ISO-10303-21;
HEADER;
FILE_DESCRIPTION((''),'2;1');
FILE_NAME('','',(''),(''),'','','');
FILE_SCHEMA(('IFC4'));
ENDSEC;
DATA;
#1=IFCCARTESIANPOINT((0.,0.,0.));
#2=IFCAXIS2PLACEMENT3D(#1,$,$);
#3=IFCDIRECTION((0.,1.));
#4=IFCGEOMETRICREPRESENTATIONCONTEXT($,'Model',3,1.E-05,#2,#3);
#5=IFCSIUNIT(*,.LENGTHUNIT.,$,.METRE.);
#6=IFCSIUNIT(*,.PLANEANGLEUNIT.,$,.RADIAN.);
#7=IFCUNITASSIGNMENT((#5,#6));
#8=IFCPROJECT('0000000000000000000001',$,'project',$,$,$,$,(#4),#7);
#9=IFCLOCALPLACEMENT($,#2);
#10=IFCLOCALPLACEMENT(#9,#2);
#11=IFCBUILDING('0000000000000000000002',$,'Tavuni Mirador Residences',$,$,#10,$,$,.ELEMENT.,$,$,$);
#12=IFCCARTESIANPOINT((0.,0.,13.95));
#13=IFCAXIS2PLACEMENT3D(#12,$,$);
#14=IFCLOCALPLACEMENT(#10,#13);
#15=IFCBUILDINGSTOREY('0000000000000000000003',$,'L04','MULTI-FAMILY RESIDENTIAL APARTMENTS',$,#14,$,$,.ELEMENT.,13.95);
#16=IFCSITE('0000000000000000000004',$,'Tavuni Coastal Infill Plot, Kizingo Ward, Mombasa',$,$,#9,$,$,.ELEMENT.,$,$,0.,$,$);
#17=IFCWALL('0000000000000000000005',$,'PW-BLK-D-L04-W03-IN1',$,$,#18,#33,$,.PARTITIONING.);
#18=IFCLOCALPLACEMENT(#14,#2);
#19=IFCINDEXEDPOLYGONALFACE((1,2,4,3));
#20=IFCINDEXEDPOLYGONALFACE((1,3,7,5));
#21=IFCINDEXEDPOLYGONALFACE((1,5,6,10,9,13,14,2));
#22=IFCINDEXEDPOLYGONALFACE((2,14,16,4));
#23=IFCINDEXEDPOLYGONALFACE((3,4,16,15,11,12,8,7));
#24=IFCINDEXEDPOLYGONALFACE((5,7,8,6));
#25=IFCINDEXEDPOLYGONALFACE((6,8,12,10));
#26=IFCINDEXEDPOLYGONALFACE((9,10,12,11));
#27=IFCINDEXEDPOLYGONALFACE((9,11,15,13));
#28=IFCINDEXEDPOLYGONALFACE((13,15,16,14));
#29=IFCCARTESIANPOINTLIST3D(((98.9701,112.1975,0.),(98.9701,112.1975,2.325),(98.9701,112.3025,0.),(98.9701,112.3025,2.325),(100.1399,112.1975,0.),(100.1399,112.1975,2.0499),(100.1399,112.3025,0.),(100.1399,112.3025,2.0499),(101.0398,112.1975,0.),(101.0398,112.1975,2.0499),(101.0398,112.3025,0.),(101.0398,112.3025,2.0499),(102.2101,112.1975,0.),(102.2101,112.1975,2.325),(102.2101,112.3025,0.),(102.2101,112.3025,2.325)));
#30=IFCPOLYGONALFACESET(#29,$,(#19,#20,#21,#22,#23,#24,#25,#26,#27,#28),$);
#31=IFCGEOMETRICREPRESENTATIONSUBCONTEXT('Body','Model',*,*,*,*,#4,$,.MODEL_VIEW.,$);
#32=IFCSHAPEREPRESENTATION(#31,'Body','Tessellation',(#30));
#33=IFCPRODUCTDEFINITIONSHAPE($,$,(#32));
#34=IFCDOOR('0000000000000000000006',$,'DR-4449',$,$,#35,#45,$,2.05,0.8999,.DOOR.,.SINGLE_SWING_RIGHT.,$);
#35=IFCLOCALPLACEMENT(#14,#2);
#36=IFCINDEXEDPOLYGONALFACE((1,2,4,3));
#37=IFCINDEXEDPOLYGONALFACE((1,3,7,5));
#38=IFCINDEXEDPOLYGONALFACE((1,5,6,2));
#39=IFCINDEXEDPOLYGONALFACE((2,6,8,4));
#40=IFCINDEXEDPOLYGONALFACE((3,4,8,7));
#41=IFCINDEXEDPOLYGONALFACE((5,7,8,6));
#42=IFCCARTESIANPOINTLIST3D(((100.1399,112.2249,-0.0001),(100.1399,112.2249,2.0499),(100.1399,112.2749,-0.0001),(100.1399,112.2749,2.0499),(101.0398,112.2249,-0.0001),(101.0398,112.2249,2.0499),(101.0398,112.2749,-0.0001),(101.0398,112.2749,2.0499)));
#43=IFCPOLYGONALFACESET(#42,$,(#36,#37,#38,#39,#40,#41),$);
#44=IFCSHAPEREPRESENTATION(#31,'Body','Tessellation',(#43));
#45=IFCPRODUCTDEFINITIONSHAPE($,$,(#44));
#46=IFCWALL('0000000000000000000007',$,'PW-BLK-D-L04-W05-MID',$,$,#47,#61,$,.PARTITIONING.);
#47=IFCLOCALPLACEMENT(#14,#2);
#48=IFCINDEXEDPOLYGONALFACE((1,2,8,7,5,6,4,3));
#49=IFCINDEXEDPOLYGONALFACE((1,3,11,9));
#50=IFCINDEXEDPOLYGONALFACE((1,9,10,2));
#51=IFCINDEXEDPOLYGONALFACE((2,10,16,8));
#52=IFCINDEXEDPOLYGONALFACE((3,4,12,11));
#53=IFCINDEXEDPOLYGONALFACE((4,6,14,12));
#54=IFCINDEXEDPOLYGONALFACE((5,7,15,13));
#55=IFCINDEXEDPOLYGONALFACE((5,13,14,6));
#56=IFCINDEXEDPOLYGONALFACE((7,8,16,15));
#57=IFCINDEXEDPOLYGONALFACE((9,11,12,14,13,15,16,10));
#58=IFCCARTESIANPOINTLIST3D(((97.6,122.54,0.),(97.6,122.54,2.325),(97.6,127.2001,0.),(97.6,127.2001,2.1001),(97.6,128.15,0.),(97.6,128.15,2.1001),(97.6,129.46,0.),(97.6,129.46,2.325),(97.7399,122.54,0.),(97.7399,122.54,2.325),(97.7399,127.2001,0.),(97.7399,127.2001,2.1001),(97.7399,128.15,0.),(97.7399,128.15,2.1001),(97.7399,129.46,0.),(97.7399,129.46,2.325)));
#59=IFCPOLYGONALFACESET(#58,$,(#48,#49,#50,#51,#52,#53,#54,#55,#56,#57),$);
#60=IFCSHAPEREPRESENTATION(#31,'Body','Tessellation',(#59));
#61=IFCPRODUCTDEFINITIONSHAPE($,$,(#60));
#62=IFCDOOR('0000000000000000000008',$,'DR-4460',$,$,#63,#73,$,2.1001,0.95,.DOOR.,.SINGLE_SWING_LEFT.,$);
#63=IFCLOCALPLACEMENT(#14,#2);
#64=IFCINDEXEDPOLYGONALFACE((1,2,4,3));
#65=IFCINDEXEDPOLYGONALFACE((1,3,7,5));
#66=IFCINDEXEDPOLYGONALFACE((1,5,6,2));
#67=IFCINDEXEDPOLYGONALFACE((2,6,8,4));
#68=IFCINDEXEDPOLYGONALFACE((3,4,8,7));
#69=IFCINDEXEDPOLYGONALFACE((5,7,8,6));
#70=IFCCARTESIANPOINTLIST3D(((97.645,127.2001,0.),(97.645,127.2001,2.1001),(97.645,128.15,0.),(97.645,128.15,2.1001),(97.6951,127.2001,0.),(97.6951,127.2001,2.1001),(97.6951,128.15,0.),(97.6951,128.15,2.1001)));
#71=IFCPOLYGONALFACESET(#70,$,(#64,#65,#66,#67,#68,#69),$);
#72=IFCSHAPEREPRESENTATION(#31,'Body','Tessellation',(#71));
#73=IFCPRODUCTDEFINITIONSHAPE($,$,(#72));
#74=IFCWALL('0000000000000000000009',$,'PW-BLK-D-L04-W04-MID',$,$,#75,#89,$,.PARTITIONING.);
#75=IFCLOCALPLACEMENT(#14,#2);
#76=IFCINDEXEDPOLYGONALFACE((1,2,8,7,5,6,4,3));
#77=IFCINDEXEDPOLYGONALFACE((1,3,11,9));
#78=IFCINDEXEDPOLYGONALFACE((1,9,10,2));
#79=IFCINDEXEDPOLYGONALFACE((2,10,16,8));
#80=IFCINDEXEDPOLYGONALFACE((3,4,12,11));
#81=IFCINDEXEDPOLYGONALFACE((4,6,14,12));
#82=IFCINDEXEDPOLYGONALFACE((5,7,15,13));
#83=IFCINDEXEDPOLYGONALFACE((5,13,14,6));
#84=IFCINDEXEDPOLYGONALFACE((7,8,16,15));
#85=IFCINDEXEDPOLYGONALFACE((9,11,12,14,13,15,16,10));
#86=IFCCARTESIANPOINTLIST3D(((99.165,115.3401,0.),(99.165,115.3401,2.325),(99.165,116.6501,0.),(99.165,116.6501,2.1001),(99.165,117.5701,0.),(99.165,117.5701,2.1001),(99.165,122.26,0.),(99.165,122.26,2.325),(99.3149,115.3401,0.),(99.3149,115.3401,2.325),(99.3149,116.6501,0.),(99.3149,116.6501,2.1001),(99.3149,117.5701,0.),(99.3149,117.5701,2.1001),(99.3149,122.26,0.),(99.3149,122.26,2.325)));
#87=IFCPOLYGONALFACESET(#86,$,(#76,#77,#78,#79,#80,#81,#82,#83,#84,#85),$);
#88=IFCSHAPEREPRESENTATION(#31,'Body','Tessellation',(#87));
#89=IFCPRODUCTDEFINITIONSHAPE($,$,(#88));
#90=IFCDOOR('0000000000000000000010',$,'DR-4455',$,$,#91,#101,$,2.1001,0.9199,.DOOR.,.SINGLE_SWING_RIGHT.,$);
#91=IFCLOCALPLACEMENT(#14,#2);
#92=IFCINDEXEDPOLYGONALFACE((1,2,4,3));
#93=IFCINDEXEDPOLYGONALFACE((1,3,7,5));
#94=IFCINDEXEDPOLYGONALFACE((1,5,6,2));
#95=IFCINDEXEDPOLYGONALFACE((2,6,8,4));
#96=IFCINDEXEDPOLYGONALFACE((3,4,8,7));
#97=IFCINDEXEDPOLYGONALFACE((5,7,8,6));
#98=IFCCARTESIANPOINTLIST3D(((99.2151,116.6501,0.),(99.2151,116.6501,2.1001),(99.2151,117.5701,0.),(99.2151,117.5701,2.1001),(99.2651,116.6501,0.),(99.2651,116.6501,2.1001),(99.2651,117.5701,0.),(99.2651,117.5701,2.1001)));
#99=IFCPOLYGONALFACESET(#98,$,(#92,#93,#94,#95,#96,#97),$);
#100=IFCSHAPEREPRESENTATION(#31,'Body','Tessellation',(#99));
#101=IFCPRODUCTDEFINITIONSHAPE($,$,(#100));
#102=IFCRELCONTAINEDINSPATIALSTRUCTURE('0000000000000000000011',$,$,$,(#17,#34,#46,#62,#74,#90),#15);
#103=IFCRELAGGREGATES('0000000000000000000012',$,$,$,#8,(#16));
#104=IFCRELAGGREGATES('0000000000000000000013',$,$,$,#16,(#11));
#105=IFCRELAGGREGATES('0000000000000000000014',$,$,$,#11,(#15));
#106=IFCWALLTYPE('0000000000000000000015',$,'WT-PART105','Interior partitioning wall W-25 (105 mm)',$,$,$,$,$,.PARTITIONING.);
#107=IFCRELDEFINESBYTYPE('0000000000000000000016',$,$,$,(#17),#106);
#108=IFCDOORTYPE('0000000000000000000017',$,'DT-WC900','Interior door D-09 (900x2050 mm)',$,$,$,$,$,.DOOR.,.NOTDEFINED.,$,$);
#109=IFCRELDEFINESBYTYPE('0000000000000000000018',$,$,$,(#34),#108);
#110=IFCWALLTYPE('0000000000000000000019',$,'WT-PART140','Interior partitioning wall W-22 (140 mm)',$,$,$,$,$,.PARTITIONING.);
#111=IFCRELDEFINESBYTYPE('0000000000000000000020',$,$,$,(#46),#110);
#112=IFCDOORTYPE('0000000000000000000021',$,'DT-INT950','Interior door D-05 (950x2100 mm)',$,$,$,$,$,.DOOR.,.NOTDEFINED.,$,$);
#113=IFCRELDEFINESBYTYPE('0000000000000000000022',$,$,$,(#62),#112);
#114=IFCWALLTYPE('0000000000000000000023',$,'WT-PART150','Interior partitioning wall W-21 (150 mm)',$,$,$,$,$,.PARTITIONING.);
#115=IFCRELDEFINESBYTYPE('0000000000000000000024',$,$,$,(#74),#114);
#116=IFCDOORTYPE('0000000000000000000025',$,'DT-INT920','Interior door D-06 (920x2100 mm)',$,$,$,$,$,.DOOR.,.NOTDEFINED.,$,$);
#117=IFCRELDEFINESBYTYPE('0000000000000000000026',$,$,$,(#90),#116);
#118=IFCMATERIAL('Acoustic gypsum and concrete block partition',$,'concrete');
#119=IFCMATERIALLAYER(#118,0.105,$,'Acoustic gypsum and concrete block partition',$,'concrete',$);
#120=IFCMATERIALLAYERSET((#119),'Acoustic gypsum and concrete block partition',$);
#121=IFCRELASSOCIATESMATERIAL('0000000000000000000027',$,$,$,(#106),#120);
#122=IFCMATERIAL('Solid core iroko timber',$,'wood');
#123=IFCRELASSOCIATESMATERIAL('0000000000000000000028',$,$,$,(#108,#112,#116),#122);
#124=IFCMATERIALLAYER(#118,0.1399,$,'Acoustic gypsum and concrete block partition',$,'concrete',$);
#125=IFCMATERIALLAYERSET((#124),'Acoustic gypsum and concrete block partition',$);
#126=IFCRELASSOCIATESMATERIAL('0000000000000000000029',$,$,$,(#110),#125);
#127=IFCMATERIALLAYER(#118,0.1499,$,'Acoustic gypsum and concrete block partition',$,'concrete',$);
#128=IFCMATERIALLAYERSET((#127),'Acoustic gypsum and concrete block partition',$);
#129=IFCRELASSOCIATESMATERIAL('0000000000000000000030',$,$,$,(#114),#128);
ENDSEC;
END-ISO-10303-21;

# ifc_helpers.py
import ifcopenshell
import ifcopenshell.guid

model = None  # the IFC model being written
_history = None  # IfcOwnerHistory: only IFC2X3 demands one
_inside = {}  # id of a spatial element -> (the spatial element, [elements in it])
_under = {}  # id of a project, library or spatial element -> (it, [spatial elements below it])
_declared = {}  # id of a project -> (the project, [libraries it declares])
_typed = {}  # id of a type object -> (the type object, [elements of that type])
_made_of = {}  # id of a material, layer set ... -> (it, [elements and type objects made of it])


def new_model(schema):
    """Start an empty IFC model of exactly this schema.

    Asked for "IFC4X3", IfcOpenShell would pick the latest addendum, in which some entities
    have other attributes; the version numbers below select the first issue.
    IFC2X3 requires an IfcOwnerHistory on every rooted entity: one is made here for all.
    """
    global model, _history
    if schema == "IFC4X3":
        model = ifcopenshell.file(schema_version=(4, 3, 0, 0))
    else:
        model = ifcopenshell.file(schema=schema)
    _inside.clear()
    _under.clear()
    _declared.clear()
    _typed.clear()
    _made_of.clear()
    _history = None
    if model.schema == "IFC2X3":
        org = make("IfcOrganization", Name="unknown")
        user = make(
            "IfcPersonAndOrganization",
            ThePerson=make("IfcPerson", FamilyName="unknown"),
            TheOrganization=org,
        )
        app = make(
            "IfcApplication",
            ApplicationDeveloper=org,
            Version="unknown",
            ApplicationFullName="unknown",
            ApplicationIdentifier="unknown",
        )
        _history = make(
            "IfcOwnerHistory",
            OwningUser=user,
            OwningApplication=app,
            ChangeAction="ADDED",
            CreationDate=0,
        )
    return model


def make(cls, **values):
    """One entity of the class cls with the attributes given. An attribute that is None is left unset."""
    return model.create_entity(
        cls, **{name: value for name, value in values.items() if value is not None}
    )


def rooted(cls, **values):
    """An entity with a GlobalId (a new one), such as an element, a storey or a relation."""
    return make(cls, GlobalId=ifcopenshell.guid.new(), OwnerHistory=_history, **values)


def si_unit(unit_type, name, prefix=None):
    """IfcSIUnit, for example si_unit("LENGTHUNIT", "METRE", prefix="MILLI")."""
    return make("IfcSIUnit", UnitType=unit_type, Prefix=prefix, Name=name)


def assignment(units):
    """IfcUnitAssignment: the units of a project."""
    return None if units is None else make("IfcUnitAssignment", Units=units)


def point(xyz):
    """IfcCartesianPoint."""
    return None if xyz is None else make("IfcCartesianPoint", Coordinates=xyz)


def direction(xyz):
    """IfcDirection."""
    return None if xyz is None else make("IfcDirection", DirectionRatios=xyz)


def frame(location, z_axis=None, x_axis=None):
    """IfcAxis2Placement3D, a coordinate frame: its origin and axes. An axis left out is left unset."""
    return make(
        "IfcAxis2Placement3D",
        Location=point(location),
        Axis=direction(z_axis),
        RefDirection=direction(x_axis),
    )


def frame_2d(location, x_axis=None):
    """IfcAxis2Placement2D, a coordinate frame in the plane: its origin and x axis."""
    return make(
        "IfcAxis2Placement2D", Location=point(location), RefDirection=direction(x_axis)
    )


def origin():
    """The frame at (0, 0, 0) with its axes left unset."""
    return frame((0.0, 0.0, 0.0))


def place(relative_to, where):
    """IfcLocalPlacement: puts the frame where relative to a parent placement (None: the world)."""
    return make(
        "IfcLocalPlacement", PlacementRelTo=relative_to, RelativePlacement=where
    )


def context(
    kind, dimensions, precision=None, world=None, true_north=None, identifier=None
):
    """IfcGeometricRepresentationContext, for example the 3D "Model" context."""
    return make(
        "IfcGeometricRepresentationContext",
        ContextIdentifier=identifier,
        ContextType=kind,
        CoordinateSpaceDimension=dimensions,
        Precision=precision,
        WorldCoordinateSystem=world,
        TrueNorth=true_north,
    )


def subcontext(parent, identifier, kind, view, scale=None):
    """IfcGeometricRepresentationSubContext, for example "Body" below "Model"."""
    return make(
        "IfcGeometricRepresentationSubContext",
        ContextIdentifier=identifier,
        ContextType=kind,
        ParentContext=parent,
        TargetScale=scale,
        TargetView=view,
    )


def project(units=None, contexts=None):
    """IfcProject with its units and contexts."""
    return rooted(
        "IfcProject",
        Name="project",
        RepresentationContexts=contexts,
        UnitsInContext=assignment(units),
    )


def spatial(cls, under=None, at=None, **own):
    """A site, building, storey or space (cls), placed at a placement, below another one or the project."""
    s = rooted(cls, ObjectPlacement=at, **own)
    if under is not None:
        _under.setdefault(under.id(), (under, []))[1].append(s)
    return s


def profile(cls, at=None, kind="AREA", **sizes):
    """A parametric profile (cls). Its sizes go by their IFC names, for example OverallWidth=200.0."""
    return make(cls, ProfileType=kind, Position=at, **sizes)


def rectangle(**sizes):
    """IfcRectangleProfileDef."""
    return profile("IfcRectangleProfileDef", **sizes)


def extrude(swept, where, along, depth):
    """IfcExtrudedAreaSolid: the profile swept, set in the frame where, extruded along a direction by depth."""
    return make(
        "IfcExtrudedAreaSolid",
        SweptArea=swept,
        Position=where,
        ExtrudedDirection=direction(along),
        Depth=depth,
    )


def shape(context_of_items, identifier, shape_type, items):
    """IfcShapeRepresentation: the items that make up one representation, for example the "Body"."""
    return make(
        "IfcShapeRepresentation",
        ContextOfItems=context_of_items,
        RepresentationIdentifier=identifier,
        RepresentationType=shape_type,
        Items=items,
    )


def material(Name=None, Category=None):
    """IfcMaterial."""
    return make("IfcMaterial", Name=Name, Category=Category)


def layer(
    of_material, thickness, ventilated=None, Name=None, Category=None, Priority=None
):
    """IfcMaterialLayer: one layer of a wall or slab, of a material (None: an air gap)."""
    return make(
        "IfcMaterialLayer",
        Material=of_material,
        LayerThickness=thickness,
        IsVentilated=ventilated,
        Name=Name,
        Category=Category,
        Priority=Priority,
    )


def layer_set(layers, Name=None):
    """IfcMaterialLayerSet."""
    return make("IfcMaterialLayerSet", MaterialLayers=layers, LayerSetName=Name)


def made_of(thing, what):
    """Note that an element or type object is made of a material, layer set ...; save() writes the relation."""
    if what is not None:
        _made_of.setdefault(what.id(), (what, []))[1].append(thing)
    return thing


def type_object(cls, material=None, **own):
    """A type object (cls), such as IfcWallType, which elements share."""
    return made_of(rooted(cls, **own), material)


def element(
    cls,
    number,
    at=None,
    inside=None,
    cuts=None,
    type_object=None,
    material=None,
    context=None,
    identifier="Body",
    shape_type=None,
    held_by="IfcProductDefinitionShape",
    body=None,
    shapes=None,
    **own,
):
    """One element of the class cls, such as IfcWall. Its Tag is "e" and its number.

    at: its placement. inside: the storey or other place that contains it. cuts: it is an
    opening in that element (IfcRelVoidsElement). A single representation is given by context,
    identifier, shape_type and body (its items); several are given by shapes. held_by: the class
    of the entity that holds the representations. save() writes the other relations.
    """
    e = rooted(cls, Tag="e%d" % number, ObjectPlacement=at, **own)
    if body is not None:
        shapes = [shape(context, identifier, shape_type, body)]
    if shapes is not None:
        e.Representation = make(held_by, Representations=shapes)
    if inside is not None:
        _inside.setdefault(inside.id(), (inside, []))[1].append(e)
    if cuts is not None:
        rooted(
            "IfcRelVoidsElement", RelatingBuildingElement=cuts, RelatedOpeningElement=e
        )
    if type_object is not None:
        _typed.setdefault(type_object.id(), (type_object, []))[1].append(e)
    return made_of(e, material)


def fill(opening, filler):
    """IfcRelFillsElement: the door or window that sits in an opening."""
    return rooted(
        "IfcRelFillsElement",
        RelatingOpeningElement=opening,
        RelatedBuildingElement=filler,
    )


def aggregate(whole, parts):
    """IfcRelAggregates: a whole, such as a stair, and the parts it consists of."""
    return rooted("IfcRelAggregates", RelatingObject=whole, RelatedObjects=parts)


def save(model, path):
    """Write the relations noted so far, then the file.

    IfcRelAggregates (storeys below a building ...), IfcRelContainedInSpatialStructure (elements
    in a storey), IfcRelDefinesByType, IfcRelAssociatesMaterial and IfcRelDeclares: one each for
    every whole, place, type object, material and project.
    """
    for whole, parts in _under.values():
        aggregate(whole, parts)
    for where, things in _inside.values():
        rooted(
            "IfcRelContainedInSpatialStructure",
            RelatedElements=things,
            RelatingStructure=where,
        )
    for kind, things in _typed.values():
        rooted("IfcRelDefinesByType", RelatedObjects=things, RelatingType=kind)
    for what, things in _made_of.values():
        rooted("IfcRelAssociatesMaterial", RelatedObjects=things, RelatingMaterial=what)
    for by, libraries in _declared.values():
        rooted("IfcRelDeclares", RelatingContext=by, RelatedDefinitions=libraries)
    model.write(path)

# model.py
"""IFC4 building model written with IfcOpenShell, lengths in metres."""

from ifc_helpers import new_model, si_unit, direction, frame, frame_2d, origin, place, context, subcontext, project, spatial, rectangle, extrude, material, layer, layer_set, type_object, element, fill, save


model = new_model("IFC4")

# Units and contexts
model_context = context("Model", 3, precision=1e-05, world=origin(), true_north=direction((0.0, 1.0)))
body_context = subcontext(model_context, "Body", "Model", "MODEL_VIEW")
ifc_project = project(units=[si_unit("LENGTHUNIT", "METRE"), si_unit("PLANEANGLEUNIT", "RADIAN")], contexts=[model_context])

# Site, building, storey
site_placement = place(None, origin())
site = spatial("IfcSite", under=ifc_project, at=site_placement, Name="Tavuni Coastal Infill Plot, Kizingo Ward, Mombasa", CompositionType="ELEMENT", RefElevation=0.0)
building_placement = place(site_placement, origin())
building = spatial("IfcBuilding", under=site, at=building_placement, Name="Tavuni Mirador Residences", CompositionType="ELEMENT")
storey_placement = place(building_placement, frame((0.0, 0.0, 13.95)))
storey = spatial("IfcBuildingStorey", under=building, at=storey_placement, Name="L04", Description="MULTI-FAMILY RESIDENTIAL APARTMENTS", CompositionType="ELEMENT", Elevation=13.95)

# Walls, openings, doors
ifc_material_1 = material(Name="Solid core iroko timber", Category="wood")
ifc_material_2 = material(Name="Acoustic gypsum and concrete block partition", Category="concrete")
ifc_layer_1 = layer(ifc_material_2, 0.105, Name="Acoustic gypsum and concrete block partition", Category="concrete")
ifc_layer_set_1 = layer_set([ifc_layer_1], Name="Acoustic gypsum and concrete block partition")
wall_type_1 = type_object("IfcWallType", Name="WT-PART105", Description="Interior partitioning wall W-25 (105 mm)", PredefinedType="PARTITIONING", material=ifc_layer_set_1)
wall_1_placement = place(storey_placement, frame((98.97, 112.25, 0.0), z_axis=(0.0, 0.0, 1.0), x_axis=(1.0, 0.0, 0.0)))
wall_1 = element("IfcWall", 1, at=wall_1_placement, inside=storey, type_object=wall_type_1, Name="PW-BLK-D-L04-W03-IN1", PredefinedType="PARTITIONING", context=body_context, shape_type="SweptSolid", body=[
    extrude(rectangle(XDim=3.24, YDim=0.105, at=frame_2d((1.6201, 0.0))), origin(), (0.0, 0.0, 1.0), 2.325),
])
opening_1_placement = place(wall_1_placement, frame((1.1699, 0.0, 0.0)))
opening_1 = element("IfcOpeningElement", 2, at=opening_1_placement, cuts=wall_1, PredefinedType="OPENING", context=body_context, shape_type="SweptSolid", body=[
    extrude(rectangle(XDim=0.8999, YDim=2.05, at=frame_2d((0.45, 1.0249))), frame((0.0, 0.0625, 0.0), z_axis=(0.0, -1.0, 0.0), x_axis=(1.0, 0.0, 0.0)), (0.0, 0.0, 1.0), 0.125),
])
door_type_1 = type_object("IfcDoorType", Name="DT-WC900", Description="Interior door D-09 (900x2050 mm)", OperationType="NOTDEFINED", PredefinedType="DOOR", material=ifc_material_1)
door_1_placement = place(opening_1_placement, origin())
door_1 = element("IfcDoor", 3, at=door_1_placement, inside=storey, type_object=door_type_1, Name="DR-4449", OperationType="SINGLE_SWING_RIGHT", OverallHeight=2.05, OverallWidth=0.8999, PredefinedType="DOOR", context=body_context, shape_type="SweptSolid", body=[
    extrude(rectangle(XDim=0.8999, YDim=2.05, at=frame_2d((0.45, 1.0249))), frame((0.0, 0.0249, 0.0), z_axis=(0.0, -1.0, 0.0), x_axis=(1.0, 0.0, 0.0)), (0.0, 0.0, 1.0), 0.05),
])
fill(opening_1, door_1)
ifc_layer_2 = layer(ifc_material_2, 0.1399, Name="Acoustic gypsum and concrete block partition", Category="concrete")
ifc_layer_set_2 = layer_set([ifc_layer_2], Name="Acoustic gypsum and concrete block partition")
wall_type_2 = type_object("IfcWallType", Name="WT-PART140", Description="Interior partitioning wall W-22 (140 mm)", PredefinedType="PARTITIONING", material=ifc_layer_set_2)
wall_2_placement = place(storey_placement, frame((97.6699, 122.54, 0.0), z_axis=(0.0, 0.0, 1.0), x_axis=(0.0, 1.0, 0.0)))
wall_2 = element("IfcWall", 4, at=wall_2_placement, inside=storey, type_object=wall_type_2, Name="PW-BLK-D-L04-W05-MID", PredefinedType="PARTITIONING", context=body_context, shape_type="SweptSolid", body=[
    extrude(rectangle(XDim=6.9199, YDim=0.1399, at=frame_2d((3.46, 0.0))), origin(), (0.0, 0.0, 1.0), 2.325),
])
opening_2_placement = place(wall_2_placement, frame((4.6599, 0.0, 0.0)))
opening_2 = element("IfcOpeningElement", 5, at=opening_2_placement, cuts=wall_2, PredefinedType="OPENING", context=body_context, shape_type="SweptSolid", body=[
    extrude(rectangle(XDim=0.95, YDim=2.1001, at=frame_2d((0.4751, 1.05))), frame((0.0, 0.0801, 0.0), z_axis=(0.0, -1.0, 0.0), x_axis=(1.0, 0.0, 0.0)), (0.0, 0.0, 1.0), 0.1599),
])
door_type_2 = type_object("IfcDoorType", Name="DT-INT950", Description="Interior door D-05 (950x2100 mm)", OperationType="NOTDEFINED", PredefinedType="DOOR", material=ifc_material_1)
door_2_placement = place(opening_2_placement, origin())
door_2 = element("IfcDoor", 6, at=door_2_placement, inside=storey, type_object=door_type_2, Name="DR-4460", OperationType="SINGLE_SWING_LEFT", OverallHeight=2.1001, OverallWidth=0.95, PredefinedType="DOOR", context=body_context, shape_type="SweptSolid", body=[
    extrude(rectangle(XDim=0.95, YDim=2.1001, at=frame_2d((0.4751, 1.05))), frame((0.0, 0.0249, 0.0), z_axis=(0.0, -1.0, 0.0), x_axis=(1.0, 0.0, 0.0)), (0.0, 0.0, 1.0), 0.05),
])
fill(opening_2, door_2)
ifc_layer_3 = layer(ifc_material_2, 0.1499, Name="Acoustic gypsum and concrete block partition", Category="concrete")
ifc_layer_set_3 = layer_set([ifc_layer_3], Name="Acoustic gypsum and concrete block partition")
wall_type_3 = type_object("IfcWallType", Name="WT-PART150", Description="Interior partitioning wall W-21 (150 mm)", PredefinedType="PARTITIONING", material=ifc_layer_set_3)
wall_3_placement = place(storey_placement, frame((99.24, 115.3401, 0.0), z_axis=(0.0, 0.0, 1.0), x_axis=(0.0, 1.0, 0.0)))
wall_3 = element("IfcWall", 7, at=wall_3_placement, inside=storey, type_object=wall_type_3, Name="PW-BLK-D-L04-W04-MID", PredefinedType="PARTITIONING", context=body_context, shape_type="SweptSolid", body=[
    extrude(rectangle(XDim=6.9199, YDim=0.1499, at=frame_2d((3.46, 0.0))), origin(), (0.0, 0.0, 1.0), 2.325),
])
opening_3_placement = place(wall_3_placement, frame((1.3101, 0.0, 0.0)))
opening_3 = element("IfcOpeningElement", 8, at=opening_3_placement, cuts=wall_3, PredefinedType="OPENING", context=body_context, shape_type="SweptSolid", body=[
    extrude(rectangle(XDim=0.9199, YDim=2.1001, at=frame_2d((0.46, 1.05))), frame((0.0, 0.085, 0.0), z_axis=(0.0, -1.0, 0.0), x_axis=(1.0, 0.0, 0.0)), (0.0, 0.0, 1.0), 0.1699),
])
door_type_3 = type_object("IfcDoorType", Name="DT-INT920", Description="Interior door D-06 (920x2100 mm)", OperationType="NOTDEFINED", PredefinedType="DOOR", material=ifc_material_1)
door_3_placement = place(opening_3_placement, origin())
door_3 = element("IfcDoor", 9, at=door_3_placement, inside=storey, type_object=door_type_3, Name="DR-4455", OperationType="SINGLE_SWING_RIGHT", OverallHeight=2.1001, OverallWidth=0.9199, PredefinedType="DOOR", context=body_context, shape_type="SweptSolid", body=[
    extrude(rectangle(XDim=0.9199, YDim=2.1001, at=frame_2d((0.46, 1.05))), frame((0.0, 0.0249, 0.0), z_axis=(0.0, -1.0, 0.0), x_axis=(1.0, 0.0, 0.0)), (0.0, 0.0, 1.0), 0.05),
])
fill(opening_3, door_3)

save(model, "model.ifc")
